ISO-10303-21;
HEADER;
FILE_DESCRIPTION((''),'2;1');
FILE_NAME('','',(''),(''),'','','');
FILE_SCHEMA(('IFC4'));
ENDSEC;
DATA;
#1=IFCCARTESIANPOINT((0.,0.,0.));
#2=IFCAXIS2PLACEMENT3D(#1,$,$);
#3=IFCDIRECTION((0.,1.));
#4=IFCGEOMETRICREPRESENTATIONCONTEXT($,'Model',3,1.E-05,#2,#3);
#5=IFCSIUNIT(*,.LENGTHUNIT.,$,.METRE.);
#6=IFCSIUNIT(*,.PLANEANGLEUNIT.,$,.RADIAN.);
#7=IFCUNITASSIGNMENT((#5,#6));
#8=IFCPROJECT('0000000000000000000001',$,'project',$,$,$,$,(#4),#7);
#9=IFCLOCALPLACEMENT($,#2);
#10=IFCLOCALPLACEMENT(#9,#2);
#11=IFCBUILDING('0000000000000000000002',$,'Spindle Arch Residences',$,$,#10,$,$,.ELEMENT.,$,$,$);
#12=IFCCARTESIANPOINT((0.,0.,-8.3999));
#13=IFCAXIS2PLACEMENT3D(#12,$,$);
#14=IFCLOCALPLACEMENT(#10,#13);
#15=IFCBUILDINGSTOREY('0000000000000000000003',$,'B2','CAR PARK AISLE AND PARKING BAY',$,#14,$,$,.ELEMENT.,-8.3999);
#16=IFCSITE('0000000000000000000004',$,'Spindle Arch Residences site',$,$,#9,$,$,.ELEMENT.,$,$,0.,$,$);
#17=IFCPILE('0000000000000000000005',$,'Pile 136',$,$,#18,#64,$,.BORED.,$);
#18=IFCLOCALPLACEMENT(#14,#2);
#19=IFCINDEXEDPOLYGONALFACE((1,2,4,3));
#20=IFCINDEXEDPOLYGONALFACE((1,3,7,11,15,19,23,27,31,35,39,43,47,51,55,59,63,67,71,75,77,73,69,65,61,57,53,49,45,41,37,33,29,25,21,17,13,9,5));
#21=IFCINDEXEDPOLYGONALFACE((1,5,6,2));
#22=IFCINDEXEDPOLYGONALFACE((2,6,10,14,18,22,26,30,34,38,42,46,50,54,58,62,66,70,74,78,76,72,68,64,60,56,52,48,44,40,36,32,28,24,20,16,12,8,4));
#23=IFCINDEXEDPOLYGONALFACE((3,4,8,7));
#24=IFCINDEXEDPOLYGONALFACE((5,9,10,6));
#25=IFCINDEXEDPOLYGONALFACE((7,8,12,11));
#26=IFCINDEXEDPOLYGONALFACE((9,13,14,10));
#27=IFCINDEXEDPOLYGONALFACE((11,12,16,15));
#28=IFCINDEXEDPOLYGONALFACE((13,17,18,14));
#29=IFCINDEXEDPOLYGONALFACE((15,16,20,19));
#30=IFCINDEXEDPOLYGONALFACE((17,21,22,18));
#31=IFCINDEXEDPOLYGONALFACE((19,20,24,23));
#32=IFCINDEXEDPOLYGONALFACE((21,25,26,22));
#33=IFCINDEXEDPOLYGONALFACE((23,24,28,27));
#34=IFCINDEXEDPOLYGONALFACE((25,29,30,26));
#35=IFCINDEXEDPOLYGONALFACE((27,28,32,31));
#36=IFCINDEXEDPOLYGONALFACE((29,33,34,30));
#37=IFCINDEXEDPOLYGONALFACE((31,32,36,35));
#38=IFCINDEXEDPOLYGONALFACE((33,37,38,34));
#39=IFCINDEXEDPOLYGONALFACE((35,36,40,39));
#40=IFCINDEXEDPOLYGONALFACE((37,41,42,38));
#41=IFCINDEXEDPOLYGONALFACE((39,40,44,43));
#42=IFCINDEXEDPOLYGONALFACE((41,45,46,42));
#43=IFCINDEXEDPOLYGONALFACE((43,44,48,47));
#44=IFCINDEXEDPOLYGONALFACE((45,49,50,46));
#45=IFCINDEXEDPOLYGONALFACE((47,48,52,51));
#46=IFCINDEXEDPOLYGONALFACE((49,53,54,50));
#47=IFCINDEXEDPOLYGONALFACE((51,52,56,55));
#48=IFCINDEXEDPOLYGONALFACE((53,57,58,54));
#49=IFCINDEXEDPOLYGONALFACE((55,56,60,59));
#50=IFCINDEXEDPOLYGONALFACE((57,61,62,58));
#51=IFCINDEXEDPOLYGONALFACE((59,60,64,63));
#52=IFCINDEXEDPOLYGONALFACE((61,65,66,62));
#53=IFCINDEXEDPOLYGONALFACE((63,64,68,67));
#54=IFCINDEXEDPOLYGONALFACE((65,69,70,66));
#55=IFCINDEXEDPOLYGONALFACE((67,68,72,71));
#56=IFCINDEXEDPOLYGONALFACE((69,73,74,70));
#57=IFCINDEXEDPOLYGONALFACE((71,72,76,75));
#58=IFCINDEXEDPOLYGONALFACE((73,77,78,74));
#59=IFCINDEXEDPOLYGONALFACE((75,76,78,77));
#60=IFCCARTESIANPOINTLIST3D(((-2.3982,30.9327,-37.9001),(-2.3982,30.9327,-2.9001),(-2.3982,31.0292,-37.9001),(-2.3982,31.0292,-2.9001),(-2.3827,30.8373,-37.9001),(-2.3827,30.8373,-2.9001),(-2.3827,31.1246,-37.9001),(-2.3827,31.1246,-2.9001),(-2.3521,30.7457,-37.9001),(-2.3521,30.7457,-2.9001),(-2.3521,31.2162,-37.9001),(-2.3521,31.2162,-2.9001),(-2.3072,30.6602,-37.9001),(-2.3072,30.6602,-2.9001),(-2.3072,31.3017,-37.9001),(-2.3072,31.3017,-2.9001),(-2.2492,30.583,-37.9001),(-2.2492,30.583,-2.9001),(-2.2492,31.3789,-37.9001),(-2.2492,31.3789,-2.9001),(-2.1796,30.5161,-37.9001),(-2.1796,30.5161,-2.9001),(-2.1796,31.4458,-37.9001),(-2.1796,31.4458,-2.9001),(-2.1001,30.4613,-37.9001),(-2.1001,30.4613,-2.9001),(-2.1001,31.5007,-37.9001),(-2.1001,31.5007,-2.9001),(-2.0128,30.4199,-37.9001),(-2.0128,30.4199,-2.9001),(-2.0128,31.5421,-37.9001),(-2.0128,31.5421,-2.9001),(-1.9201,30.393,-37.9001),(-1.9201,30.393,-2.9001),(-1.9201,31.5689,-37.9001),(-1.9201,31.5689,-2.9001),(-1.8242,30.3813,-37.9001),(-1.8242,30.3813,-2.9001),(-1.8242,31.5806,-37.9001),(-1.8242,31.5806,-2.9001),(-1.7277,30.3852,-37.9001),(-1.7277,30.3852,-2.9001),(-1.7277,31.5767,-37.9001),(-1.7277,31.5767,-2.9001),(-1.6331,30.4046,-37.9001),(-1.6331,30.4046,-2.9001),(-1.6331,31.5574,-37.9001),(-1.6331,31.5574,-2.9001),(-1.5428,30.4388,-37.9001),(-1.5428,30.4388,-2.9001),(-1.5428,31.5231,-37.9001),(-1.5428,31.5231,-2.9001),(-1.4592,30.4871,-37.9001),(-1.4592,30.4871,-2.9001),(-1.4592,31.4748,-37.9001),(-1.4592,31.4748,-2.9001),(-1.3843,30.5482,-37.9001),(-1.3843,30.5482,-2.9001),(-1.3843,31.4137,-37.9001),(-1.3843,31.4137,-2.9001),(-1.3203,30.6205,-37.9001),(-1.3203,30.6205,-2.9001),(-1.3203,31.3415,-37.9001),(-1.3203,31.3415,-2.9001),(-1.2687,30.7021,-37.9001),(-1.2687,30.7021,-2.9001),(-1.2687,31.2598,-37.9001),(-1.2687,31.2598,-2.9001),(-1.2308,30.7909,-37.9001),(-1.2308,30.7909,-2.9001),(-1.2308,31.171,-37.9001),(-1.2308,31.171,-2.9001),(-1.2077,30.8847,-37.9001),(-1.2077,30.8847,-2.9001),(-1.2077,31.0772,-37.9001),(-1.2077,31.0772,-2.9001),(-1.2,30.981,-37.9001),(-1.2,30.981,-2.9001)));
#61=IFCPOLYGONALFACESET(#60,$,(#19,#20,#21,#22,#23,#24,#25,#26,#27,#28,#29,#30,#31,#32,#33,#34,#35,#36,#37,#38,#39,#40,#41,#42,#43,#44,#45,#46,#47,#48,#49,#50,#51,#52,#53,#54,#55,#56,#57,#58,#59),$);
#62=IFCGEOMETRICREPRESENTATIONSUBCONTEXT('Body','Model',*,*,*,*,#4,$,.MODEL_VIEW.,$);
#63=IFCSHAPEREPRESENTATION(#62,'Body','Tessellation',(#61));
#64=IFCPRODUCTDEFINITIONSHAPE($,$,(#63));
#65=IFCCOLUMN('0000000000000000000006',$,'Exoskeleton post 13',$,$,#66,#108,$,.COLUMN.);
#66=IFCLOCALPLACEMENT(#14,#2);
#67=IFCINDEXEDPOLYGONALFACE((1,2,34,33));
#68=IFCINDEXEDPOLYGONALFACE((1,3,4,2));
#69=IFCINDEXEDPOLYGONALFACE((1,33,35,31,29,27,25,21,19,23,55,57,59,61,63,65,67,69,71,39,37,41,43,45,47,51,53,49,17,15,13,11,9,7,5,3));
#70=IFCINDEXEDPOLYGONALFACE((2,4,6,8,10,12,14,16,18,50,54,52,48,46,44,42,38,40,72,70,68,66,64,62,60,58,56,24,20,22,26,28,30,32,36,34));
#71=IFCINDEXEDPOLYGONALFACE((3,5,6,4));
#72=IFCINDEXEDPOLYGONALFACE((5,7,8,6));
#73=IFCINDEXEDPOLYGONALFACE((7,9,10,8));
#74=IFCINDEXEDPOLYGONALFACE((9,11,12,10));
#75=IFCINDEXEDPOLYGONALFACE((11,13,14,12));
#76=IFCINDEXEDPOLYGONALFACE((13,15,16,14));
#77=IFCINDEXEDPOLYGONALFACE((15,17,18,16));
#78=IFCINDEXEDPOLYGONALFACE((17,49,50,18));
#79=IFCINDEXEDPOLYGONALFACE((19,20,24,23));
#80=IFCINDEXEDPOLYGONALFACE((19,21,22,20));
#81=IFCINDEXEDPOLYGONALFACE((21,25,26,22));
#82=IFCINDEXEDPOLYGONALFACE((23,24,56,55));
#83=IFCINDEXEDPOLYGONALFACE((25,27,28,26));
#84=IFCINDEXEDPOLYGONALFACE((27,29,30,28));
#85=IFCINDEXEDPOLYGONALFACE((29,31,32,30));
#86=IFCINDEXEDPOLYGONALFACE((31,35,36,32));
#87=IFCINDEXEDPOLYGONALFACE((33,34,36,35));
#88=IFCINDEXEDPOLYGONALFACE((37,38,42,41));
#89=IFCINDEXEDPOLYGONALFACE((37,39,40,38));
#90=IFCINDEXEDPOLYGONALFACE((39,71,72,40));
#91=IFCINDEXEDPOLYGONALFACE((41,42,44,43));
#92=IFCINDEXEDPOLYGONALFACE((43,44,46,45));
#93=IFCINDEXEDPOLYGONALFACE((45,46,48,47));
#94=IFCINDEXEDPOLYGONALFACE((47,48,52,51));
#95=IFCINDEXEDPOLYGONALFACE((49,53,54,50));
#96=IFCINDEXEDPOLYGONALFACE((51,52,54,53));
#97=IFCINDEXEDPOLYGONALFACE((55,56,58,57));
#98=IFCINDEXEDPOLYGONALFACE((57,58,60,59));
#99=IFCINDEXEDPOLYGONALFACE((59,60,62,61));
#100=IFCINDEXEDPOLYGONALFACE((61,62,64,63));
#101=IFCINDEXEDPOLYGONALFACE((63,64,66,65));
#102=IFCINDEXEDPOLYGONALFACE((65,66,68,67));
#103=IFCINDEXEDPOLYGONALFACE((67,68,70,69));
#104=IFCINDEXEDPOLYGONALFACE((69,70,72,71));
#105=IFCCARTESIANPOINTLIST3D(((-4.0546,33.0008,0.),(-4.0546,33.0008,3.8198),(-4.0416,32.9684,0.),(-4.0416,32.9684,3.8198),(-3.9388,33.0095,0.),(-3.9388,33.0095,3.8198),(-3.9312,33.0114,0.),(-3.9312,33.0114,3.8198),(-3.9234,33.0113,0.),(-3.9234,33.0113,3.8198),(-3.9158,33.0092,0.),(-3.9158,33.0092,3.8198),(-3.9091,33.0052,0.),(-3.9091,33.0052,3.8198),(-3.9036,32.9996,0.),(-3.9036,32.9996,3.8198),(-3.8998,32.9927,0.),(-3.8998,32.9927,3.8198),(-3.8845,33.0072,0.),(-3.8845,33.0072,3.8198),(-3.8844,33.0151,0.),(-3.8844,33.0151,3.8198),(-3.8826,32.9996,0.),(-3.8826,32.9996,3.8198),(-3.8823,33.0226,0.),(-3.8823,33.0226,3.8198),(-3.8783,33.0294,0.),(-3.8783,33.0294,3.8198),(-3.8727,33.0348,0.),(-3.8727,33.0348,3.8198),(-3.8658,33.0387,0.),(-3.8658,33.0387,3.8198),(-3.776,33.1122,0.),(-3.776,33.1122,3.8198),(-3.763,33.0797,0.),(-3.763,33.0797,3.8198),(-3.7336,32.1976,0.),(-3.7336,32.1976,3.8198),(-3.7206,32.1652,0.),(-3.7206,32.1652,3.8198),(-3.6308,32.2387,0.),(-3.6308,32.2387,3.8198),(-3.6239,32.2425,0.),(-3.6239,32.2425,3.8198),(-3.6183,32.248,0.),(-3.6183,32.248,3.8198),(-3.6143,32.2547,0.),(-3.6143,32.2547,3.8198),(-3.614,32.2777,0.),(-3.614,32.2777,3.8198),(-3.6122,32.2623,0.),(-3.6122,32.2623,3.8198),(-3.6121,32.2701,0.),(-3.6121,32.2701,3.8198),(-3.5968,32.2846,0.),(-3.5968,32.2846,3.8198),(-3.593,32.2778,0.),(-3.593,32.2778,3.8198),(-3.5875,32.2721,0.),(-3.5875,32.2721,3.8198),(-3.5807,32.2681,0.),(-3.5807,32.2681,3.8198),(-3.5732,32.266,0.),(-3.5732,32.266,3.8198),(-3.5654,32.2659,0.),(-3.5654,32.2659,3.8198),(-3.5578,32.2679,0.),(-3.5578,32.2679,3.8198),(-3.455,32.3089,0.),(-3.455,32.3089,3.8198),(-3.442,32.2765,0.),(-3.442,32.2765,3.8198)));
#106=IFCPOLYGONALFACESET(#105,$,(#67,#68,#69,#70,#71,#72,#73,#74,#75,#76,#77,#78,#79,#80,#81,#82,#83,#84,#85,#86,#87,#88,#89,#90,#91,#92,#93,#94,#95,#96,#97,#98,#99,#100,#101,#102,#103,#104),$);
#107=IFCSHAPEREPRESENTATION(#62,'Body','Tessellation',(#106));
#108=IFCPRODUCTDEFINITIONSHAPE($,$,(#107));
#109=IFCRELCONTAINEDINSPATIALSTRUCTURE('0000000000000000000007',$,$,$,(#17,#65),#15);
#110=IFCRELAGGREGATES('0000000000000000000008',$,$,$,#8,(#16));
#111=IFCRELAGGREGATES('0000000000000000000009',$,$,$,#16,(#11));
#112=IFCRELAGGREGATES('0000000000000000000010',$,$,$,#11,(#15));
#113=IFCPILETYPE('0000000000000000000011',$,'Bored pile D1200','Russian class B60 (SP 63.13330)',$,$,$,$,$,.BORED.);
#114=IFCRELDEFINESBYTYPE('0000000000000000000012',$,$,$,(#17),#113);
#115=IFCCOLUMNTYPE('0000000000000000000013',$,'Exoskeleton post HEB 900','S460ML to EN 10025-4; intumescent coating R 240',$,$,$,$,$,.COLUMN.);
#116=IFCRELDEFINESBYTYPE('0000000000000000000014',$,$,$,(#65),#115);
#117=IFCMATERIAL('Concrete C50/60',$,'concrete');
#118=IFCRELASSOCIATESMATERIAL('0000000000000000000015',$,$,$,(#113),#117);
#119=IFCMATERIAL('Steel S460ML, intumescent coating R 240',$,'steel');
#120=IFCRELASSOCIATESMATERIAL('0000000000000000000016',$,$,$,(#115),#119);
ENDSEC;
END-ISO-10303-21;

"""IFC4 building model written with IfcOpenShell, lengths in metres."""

from ifc_helpers import new_model, si_unit, direction, frame, origin, origin_2d, place, context, subcontext, project, spatial, circle, i_section, extrude, material, material_profile, profile_set, type_object, element, save


model = new_model("IFC4")

# Units and contexts
model_context = context("Model", 3, precision=1e-05, world=origin(), true_north=direction((0.0, 1.0)))
body_context = subcontext(model_context, "Body", "Model", "MODEL_VIEW")
ifc_project = project(units=[si_unit("LENGTHUNIT", "METRE"), si_unit("PLANEANGLEUNIT", "RADIAN")], contexts=[model_context])

# Site, building, storey
site_placement = place(None, origin())
site = spatial("IfcSite", under=ifc_project, at=site_placement, Name="Spindle Arch Residences site", CompositionType="ELEMENT", RefElevation=0.0)
building_placement = place(site_placement, origin())
building = spatial("IfcBuilding", under=site, at=building_placement, Name="Spindle Arch Residences", CompositionType="ELEMENT")
storey_placement = place(building_placement, frame((0.0, 0.0, -8.3999)))
storey = spatial("IfcBuildingStorey", under=building, at=storey_placement, Name="B2", Description="CAR PARK AISLE AND PARKING BAY", CompositionType="ELEMENT", Elevation=-8.3999)

# Pile
ifc_material_1 = material(Name="Concrete C50/60", Category="concrete")
ifc_material_profile_1 = material_profile(ifc_material_1, circle(Radius=0.6001, at=origin_2d()), Name="BP D1200")
ifc_profile_set_1 = profile_set([ifc_material_profile_1], Name="Concrete C50/60")
pile_type = type_object("IfcPileType", Name="Bored pile D1200", Description="Russian class B60 (SP 63.13330)", PredefinedType="BORED", material=ifc_profile_set_1)
for number, where, z_axis, x_axis, name in (
    (1, (-1.8, 30.981, -2.9001), (0.0, 0.0, -1.0), (1.0, 0.0, 0.0), "Pile 136"),
):
    element("IfcPile", number, at=place(storey_placement, frame(where, z_axis=z_axis, x_axis=x_axis)), inside=storey, type_object=pile_type, Name=name, PredefinedType="BORED", context=body_context, shape_type="SweptSolid", body=[
        extrude(circle(Radius=0.6001, at=origin_2d()), origin(), (0.0, 0.0, 1.0), 35.0),
    ])

# Column
ifc_material_2 = material(Name="Steel S460ML, intumescent coating R 240", Category="steel")
ifc_material_profile_2 = material_profile(ifc_material_2, i_section(OverallWidth=0.3, OverallDepth=0.8999, WebThickness=0.0186, FlangeThickness=0.0349, FilletRadius=0.03, at=origin_2d()), Name="HEB 900")
ifc_profile_set_2 = profile_set([ifc_material_profile_2], Name="Steel S460ML, intumescent coating R 240")
column_type_1 = type_object("IfcColumnType", Name="Exoskeleton post HEB 900", Description="S460ML to EN 10025-4; intumescent coating R 240", PredefinedType="COLUMN", material=ifc_profile_set_2)
column_1_placement = place(storey_placement, frame((-3.7483, 32.6387, 0.0), z_axis=(0.0, 0.0, 1.0), x_axis=(0.92859, 0.371108, 0.0)))
element("IfcColumn", 2, at=column_1_placement, inside=storey, type_object=column_type_1, Name="Exoskeleton post 13", PredefinedType="COLUMN", context=body_context, shape_type="SweptSolid", body=[
    extrude(i_section(OverallWidth=0.3, OverallDepth=0.8999, WebThickness=0.0186, FlangeThickness=0.0349, FilletRadius=0.03, at=origin_2d()), origin(), (0.0, 0.0, 1.0), 3.8198),
])

save(model, "model.ifc")
